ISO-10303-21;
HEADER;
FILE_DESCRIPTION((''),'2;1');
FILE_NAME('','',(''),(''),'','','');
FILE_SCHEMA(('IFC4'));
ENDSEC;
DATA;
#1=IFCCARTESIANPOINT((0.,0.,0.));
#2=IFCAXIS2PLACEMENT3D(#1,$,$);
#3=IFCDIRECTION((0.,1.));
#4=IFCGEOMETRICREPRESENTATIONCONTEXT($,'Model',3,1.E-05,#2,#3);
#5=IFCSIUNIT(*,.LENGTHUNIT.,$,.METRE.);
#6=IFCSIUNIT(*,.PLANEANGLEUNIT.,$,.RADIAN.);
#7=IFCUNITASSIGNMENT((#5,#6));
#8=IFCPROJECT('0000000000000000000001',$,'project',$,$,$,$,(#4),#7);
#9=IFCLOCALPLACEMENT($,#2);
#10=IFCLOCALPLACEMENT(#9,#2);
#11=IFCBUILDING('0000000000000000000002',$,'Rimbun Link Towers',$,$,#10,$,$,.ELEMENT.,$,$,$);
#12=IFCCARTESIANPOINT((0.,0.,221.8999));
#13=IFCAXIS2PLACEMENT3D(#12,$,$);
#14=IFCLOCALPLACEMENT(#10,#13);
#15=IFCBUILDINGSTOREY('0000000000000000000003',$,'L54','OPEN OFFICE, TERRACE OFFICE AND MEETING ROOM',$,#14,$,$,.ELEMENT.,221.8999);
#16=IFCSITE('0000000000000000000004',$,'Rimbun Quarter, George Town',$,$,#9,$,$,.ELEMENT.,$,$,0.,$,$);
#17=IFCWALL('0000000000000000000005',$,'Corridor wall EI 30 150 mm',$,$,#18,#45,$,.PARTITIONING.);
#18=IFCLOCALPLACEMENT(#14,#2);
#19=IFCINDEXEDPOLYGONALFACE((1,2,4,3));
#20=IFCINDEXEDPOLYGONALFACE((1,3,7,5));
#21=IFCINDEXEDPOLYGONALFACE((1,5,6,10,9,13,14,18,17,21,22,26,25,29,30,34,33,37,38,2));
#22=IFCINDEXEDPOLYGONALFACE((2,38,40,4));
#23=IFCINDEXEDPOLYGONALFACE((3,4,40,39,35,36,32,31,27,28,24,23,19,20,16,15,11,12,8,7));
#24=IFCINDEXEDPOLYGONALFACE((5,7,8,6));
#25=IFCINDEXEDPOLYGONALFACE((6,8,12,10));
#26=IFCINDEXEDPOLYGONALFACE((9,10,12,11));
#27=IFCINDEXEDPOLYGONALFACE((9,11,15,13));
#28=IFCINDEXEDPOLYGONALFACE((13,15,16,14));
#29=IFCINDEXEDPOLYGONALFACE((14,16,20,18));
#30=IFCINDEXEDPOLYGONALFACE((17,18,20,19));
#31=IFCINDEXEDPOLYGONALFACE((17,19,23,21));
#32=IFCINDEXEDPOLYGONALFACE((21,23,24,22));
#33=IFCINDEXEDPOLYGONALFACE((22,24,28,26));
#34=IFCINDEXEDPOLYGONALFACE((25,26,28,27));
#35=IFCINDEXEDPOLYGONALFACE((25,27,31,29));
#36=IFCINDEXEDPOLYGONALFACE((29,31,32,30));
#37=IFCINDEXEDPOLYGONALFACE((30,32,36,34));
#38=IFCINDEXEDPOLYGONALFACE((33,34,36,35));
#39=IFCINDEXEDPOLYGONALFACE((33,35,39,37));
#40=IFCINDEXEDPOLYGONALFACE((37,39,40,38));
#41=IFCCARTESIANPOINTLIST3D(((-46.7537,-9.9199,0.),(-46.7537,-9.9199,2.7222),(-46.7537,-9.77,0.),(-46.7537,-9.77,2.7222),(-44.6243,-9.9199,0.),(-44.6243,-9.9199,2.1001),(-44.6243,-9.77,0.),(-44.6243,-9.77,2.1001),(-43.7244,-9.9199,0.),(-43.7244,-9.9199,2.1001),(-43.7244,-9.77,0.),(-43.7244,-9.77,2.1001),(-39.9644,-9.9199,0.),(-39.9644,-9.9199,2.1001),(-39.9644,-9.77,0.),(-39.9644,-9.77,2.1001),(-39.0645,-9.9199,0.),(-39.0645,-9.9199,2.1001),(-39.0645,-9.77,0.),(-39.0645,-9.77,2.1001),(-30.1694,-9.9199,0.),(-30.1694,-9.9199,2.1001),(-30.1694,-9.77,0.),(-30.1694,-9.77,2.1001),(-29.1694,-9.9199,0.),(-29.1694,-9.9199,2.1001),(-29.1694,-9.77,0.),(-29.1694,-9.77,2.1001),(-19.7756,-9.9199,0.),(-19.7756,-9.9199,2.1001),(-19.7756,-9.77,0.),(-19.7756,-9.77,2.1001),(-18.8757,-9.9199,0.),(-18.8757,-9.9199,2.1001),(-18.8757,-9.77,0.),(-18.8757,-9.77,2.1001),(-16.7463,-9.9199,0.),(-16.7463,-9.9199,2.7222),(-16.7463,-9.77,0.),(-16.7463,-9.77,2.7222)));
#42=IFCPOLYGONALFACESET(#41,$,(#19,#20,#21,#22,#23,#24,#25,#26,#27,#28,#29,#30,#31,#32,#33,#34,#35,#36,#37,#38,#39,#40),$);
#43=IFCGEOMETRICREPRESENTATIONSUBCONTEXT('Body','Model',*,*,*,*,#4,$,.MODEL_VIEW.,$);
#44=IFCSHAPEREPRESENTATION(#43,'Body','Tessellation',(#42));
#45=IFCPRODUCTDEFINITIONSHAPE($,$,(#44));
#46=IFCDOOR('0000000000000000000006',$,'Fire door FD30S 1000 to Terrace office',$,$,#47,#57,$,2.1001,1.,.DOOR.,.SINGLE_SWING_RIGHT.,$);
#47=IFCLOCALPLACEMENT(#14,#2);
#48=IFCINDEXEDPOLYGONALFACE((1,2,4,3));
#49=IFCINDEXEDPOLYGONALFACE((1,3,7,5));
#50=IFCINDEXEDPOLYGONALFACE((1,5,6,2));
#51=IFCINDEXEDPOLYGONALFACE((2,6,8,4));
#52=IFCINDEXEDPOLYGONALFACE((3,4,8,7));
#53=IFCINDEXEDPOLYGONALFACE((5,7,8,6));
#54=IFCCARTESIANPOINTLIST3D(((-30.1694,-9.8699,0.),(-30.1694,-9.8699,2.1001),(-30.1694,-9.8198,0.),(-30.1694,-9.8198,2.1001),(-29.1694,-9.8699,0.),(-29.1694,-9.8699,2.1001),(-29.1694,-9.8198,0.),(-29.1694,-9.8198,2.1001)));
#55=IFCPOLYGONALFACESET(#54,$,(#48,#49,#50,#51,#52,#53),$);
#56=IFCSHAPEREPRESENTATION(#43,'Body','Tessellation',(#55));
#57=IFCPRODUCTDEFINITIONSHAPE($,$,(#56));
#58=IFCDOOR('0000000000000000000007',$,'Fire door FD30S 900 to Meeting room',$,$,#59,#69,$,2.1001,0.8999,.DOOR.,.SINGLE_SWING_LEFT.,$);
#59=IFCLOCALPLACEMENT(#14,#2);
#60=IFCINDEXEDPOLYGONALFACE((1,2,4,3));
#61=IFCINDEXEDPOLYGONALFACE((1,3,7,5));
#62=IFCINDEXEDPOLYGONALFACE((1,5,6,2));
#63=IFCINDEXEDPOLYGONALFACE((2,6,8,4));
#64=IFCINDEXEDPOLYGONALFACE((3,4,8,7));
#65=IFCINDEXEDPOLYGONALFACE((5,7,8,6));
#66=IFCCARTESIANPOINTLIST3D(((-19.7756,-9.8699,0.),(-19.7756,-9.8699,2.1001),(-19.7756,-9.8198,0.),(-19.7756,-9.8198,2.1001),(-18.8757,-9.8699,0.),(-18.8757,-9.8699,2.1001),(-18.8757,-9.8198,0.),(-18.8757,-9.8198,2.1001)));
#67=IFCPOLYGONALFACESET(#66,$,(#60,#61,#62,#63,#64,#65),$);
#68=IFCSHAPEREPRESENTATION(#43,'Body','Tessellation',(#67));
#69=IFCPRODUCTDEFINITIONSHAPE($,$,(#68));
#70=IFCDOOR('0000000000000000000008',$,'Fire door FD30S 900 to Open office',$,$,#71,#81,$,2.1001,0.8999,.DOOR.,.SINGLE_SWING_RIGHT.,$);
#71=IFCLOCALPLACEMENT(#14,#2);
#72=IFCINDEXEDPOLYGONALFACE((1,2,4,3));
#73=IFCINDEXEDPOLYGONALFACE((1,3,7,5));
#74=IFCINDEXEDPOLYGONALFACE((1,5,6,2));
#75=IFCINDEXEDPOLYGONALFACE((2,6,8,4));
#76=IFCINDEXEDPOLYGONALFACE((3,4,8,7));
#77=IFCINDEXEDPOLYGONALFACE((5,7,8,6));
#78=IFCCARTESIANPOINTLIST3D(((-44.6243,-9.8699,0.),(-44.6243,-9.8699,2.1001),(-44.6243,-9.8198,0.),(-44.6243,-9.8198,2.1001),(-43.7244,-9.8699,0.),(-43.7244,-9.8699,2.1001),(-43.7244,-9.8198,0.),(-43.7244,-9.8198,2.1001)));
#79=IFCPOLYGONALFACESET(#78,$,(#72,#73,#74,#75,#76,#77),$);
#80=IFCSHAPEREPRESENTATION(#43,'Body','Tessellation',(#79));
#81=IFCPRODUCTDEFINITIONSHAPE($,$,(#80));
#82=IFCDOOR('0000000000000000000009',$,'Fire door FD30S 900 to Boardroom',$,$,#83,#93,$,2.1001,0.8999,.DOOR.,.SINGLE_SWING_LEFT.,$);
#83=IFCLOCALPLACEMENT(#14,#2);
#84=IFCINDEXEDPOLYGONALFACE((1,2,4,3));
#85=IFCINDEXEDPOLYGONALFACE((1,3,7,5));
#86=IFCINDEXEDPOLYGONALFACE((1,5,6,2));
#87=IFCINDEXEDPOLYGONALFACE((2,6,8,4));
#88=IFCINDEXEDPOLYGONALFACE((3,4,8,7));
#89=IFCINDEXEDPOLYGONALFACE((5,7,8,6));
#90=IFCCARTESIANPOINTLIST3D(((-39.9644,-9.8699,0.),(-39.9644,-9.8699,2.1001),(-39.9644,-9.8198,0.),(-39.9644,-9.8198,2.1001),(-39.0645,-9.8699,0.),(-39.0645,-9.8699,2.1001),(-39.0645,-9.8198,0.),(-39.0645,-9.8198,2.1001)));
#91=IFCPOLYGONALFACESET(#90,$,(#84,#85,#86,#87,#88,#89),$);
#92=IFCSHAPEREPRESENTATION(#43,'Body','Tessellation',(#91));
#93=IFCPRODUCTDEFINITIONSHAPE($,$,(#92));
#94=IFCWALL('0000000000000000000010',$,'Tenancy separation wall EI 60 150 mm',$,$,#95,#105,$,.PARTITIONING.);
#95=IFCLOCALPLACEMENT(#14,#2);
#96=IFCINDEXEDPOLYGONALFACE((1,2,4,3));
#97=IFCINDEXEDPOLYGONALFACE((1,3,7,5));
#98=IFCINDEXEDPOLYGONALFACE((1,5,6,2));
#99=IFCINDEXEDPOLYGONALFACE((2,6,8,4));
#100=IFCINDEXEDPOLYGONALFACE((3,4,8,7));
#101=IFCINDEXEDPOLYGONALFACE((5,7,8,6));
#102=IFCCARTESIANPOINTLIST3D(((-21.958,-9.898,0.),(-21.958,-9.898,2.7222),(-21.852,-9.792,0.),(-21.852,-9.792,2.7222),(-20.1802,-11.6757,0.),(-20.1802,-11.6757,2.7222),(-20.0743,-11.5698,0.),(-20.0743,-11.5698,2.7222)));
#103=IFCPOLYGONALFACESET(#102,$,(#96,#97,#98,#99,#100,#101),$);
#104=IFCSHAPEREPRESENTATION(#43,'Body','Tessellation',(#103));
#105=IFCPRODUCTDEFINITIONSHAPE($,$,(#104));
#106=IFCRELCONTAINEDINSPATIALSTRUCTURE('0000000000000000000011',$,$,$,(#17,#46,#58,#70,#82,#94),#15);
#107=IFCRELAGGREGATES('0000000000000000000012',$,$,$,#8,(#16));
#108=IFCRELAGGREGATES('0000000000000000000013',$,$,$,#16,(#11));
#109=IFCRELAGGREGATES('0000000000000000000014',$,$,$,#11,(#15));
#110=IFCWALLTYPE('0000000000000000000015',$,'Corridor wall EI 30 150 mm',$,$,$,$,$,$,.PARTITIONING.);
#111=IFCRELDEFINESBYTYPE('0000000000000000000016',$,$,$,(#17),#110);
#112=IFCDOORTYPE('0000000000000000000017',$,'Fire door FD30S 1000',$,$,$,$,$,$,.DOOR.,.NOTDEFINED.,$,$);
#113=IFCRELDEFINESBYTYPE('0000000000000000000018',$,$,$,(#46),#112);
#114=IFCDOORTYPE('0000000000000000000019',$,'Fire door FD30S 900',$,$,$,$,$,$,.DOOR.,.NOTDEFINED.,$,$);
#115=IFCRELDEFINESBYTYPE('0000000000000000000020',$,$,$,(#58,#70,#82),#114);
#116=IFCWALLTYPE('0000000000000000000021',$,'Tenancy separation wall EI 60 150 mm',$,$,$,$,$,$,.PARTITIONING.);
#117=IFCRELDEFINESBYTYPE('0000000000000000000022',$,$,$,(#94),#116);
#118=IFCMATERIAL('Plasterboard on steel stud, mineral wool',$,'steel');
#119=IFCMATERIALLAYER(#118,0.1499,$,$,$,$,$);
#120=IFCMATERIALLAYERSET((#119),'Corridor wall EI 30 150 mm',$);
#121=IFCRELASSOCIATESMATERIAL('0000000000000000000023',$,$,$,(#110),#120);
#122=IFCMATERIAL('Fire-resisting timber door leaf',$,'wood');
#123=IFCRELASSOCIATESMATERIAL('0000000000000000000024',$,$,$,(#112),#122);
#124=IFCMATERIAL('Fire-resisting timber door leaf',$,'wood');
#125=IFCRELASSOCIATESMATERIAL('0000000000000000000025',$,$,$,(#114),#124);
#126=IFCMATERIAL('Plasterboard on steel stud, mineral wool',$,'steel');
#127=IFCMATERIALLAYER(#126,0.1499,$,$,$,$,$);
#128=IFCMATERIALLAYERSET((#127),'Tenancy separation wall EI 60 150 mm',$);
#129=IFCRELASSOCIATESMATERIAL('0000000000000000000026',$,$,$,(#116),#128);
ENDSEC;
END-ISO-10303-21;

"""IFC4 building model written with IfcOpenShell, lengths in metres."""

from ifc_helpers import new_model, si_unit, direction, frame, frame_2d, origin, place, context, subcontext, project, spatial, rectangle, extrude, material, layer, layer_set, type_object, element, fill, save


model = new_model("IFC4")

# Units and contexts
model_context = context("Model", 3, precision=1e-05, world=origin(), true_north=direction((0.0, 1.0)))
body_context = subcontext(model_context, "Body", "Model", "MODEL_VIEW")
ifc_project = project(units=[si_unit("LENGTHUNIT", "METRE"), si_unit("PLANEANGLEUNIT", "RADIAN")], contexts=[model_context])

# Site, building, storey
site_placement = place(None, origin())
site = spatial("IfcSite", under=ifc_project, at=site_placement, Name="Rimbun Quarter, George Town", CompositionType="ELEMENT", RefElevation=0.0)
building_placement = place(site_placement, origin())
building = spatial("IfcBuilding", under=site, at=building_placement, Name="Rimbun Link Towers", CompositionType="ELEMENT")
storey_placement = place(building_placement, frame((0.0, 0.0, 221.8999)))
storey = spatial("IfcBuildingStorey", under=building, at=storey_placement, Name="L54", Description="OPEN OFFICE, TERRACE OFFICE AND MEETING ROOM", CompositionType="ELEMENT", Elevation=221.8999)

# Shared definitions
ifc_material_1 = material(Name="Plasterboard on steel stud, mineral wool", Category="steel")
ifc_layer_1 = layer(ifc_material_1, 0.1499)
ifc_layer_set_1 = layer_set([ifc_layer_1], Name="Corridor wall EI 30 150 mm")
wall_type_1 = type_object("IfcWallType", Name="Corridor wall EI 30 150 mm", PredefinedType="PARTITIONING", material=ifc_layer_set_1)

# Wall, openings, doors
wall_1_placement = place(storey_placement, frame((-16.7463, -9.845, 0.0), z_axis=(0.0, 0.0, 1.0), x_axis=(-1.0, 0.0, 0.0)))
wall_1 = element("IfcWall", 1, at=wall_1_placement, inside=storey, type_object=wall_type_1, Name="Corridor wall EI 30 150 mm", PredefinedType="PARTITIONING", context=body_context, shape_type="SweptSolid", body=[
    extrude(rectangle(XDim=30.0073, YDim=0.1499, at=frame_2d((15.0037, 0.0))), origin(), (0.0, 0.0, 1.0), 2.7222),
])
opening_1_placement = place(wall_1_placement, frame((2.1294, 0.0, 0.0)))
opening_1 = element("IfcOpeningElement", 2, at=opening_1_placement, cuts=wall_1, PredefinedType="OPENING", context=body_context, shape_type="SweptSolid", body=[
    extrude(rectangle(XDim=0.8999, YDim=2.1001, at=frame_2d((0.45, 1.05))), frame((0.0, 0.085, 0.0), z_axis=(0.0, -1.0, 0.0), x_axis=(1.0, 0.0, 0.0)), (0.0, 0.0, 1.0), 0.1699),
])
opening_2_placement = place(wall_1_placement, frame((26.978, 0.0, 0.0)))
opening_2 = element("IfcOpeningElement", 3, at=opening_2_placement, cuts=wall_1, PredefinedType="OPENING", context=body_context, shape_type="SweptSolid", body=[
    extrude(rectangle(XDim=0.8999, YDim=2.1001, at=frame_2d((0.45, 1.05))), frame((0.0, 0.085, 0.0), z_axis=(0.0, -1.0, 0.0), x_axis=(1.0, 0.0, 0.0)), (0.0, 0.0, 1.0), 0.1699),
])
opening_3_placement = place(wall_1_placement, frame((22.3181, 0.0, 0.0)))
opening_3 = element("IfcOpeningElement", 4, at=opening_3_placement, cuts=wall_1, PredefinedType="OPENING", context=body_context, shape_type="SweptSolid", body=[
    extrude(rectangle(XDim=0.8999, YDim=2.1001, at=frame_2d((0.45, 1.05))), frame((0.0, 0.085, 0.0), z_axis=(0.0, -1.0, 0.0), x_axis=(1.0, 0.0, 0.0)), (0.0, 0.0, 1.0), 0.1699),
])
opening_4_placement = place(wall_1_placement, frame((12.4231, 0.0, 0.0)))
opening_4 = element("IfcOpeningElement", 5, at=opening_4_placement, cuts=wall_1, PredefinedType="OPENING", context=body_context, shape_type="SweptSolid", body=[
    extrude(rectangle(XDim=1.0, YDim=2.1001, at=frame_2d((0.5, 1.05))), frame((0.0, 0.085, 0.0), z_axis=(0.0, -1.0, 0.0), x_axis=(1.0, 0.0, 0.0)), (0.0, 0.0, 1.0), 0.1699),
])
ifc_material_2 = material(Name="Fire-resisting timber door leaf", Category="wood")
door_type_1 = type_object("IfcDoorType", Name="Fire door FD30S 1000", OperationType="NOTDEFINED", PredefinedType="DOOR", material=ifc_material_2)
door_1_placement = place(opening_4_placement, origin())
door_1 = element("IfcDoor", 6, at=door_1_placement, inside=storey, type_object=door_type_1, Name="Fire door FD30S 1000 to Terrace office", OperationType="SINGLE_SWING_RIGHT", OverallHeight=2.1001, OverallWidth=1.0, PredefinedType="DOOR", context=body_context, shape_type="SweptSolid", body=[
    extrude(rectangle(XDim=1.0, YDim=2.1001, at=frame_2d((0.5, 1.05))), frame((0.0, 0.0249, 0.0), z_axis=(0.0, -1.0, 0.0), x_axis=(1.0, 0.0, 0.0)), (0.0, 0.0, 1.0), 0.05),
])
fill(opening_4, door_1)
ifc_material_3 = material(Name="Fire-resisting timber door leaf", Category="wood")
door_type_2 = type_object("IfcDoorType", Name="Fire door FD30S 900", OperationType="NOTDEFINED", PredefinedType="DOOR", material=ifc_material_3)
door_2_placement = place(opening_1_placement, origin())
door_2 = element("IfcDoor", 7, at=door_2_placement, inside=storey, type_object=door_type_2, Name="Fire door FD30S 900 to Meeting room", OperationType="SINGLE_SWING_LEFT", OverallHeight=2.1001, OverallWidth=0.8999, PredefinedType="DOOR", context=body_context, shape_type="SweptSolid", body=[
    extrude(rectangle(XDim=0.8999, YDim=2.1001, at=frame_2d((0.45, 1.05))), frame((0.0, 0.0249, 0.0), z_axis=(0.0, -1.0, 0.0), x_axis=(1.0, 0.0, 0.0)), (0.0, 0.0, 1.0), 0.05),
])
fill(opening_1, door_2)
door_3_placement = place(opening_2_placement, origin())
door_3 = element("IfcDoor", 8, at=door_3_placement, inside=storey, type_object=door_type_2, Name="Fire door FD30S 900 to Open office", OperationType="SINGLE_SWING_RIGHT", OverallHeight=2.1001, OverallWidth=0.8999, PredefinedType="DOOR", context=body_context, shape_type="SweptSolid", body=[
    extrude(rectangle(XDim=0.8999, YDim=2.1001, at=frame_2d((0.45, 1.05))), frame((0.0, 0.0249, 0.0), z_axis=(0.0, -1.0, 0.0), x_axis=(1.0, 0.0, 0.0)), (0.0, 0.0, 1.0), 0.05),
])
fill(opening_2, door_3)
door_4_placement = place(opening_3_placement, origin())
door_4 = element("IfcDoor", 9, at=door_4_placement, inside=storey, type_object=door_type_2, Name="Fire door FD30S 900 to Boardroom", OperationType="SINGLE_SWING_LEFT", OverallHeight=2.1001, OverallWidth=0.8999, PredefinedType="DOOR", context=body_context, shape_type="SweptSolid", body=[
    extrude(rectangle(XDim=0.8999, YDim=2.1001, at=frame_2d((0.45, 1.05))), frame((0.0, 0.0249, 0.0), z_axis=(0.0, -1.0, 0.0), x_axis=(1.0, 0.0, 0.0)), (0.0, 0.0, 1.0), 0.05),
])
fill(opening_3, door_4)

# Wall
ifc_material_4 = material(Name="Plasterboard on steel stud, mineral wool", Category="steel")
ifc_layer_2 = layer(ifc_material_4, 0.1499)
ifc_layer_set_2 = layer_set([ifc_layer_2], Name="Tenancy separation wall EI 60 150 mm")
wall_type_2 = type_object("IfcWallType", Name="Tenancy separation wall EI 60 150 mm", PredefinedType="PARTITIONING", material=ifc_layer_set_2)
wall_2_placement = place(storey_placement, frame((-21.905, -9.845, 0.0), z_axis=(0.0, 0.0, 1.0), x_axis=(0.707107, -0.707107, 0.0)))
element("IfcWall", 10, at=wall_2_placement, inside=storey, type_object=wall_type_2, Name="Tenancy separation wall EI 60 150 mm", PredefinedType="PARTITIONING", context=body_context, shape_type="SweptSolid", body=[
    extrude(rectangle(XDim=2.5142, YDim=0.1499, at=frame_2d((1.2571, 0.0))), origin(), (0.0, 0.0, 1.0), 2.7222),
])

save(model, "model.ifc")
